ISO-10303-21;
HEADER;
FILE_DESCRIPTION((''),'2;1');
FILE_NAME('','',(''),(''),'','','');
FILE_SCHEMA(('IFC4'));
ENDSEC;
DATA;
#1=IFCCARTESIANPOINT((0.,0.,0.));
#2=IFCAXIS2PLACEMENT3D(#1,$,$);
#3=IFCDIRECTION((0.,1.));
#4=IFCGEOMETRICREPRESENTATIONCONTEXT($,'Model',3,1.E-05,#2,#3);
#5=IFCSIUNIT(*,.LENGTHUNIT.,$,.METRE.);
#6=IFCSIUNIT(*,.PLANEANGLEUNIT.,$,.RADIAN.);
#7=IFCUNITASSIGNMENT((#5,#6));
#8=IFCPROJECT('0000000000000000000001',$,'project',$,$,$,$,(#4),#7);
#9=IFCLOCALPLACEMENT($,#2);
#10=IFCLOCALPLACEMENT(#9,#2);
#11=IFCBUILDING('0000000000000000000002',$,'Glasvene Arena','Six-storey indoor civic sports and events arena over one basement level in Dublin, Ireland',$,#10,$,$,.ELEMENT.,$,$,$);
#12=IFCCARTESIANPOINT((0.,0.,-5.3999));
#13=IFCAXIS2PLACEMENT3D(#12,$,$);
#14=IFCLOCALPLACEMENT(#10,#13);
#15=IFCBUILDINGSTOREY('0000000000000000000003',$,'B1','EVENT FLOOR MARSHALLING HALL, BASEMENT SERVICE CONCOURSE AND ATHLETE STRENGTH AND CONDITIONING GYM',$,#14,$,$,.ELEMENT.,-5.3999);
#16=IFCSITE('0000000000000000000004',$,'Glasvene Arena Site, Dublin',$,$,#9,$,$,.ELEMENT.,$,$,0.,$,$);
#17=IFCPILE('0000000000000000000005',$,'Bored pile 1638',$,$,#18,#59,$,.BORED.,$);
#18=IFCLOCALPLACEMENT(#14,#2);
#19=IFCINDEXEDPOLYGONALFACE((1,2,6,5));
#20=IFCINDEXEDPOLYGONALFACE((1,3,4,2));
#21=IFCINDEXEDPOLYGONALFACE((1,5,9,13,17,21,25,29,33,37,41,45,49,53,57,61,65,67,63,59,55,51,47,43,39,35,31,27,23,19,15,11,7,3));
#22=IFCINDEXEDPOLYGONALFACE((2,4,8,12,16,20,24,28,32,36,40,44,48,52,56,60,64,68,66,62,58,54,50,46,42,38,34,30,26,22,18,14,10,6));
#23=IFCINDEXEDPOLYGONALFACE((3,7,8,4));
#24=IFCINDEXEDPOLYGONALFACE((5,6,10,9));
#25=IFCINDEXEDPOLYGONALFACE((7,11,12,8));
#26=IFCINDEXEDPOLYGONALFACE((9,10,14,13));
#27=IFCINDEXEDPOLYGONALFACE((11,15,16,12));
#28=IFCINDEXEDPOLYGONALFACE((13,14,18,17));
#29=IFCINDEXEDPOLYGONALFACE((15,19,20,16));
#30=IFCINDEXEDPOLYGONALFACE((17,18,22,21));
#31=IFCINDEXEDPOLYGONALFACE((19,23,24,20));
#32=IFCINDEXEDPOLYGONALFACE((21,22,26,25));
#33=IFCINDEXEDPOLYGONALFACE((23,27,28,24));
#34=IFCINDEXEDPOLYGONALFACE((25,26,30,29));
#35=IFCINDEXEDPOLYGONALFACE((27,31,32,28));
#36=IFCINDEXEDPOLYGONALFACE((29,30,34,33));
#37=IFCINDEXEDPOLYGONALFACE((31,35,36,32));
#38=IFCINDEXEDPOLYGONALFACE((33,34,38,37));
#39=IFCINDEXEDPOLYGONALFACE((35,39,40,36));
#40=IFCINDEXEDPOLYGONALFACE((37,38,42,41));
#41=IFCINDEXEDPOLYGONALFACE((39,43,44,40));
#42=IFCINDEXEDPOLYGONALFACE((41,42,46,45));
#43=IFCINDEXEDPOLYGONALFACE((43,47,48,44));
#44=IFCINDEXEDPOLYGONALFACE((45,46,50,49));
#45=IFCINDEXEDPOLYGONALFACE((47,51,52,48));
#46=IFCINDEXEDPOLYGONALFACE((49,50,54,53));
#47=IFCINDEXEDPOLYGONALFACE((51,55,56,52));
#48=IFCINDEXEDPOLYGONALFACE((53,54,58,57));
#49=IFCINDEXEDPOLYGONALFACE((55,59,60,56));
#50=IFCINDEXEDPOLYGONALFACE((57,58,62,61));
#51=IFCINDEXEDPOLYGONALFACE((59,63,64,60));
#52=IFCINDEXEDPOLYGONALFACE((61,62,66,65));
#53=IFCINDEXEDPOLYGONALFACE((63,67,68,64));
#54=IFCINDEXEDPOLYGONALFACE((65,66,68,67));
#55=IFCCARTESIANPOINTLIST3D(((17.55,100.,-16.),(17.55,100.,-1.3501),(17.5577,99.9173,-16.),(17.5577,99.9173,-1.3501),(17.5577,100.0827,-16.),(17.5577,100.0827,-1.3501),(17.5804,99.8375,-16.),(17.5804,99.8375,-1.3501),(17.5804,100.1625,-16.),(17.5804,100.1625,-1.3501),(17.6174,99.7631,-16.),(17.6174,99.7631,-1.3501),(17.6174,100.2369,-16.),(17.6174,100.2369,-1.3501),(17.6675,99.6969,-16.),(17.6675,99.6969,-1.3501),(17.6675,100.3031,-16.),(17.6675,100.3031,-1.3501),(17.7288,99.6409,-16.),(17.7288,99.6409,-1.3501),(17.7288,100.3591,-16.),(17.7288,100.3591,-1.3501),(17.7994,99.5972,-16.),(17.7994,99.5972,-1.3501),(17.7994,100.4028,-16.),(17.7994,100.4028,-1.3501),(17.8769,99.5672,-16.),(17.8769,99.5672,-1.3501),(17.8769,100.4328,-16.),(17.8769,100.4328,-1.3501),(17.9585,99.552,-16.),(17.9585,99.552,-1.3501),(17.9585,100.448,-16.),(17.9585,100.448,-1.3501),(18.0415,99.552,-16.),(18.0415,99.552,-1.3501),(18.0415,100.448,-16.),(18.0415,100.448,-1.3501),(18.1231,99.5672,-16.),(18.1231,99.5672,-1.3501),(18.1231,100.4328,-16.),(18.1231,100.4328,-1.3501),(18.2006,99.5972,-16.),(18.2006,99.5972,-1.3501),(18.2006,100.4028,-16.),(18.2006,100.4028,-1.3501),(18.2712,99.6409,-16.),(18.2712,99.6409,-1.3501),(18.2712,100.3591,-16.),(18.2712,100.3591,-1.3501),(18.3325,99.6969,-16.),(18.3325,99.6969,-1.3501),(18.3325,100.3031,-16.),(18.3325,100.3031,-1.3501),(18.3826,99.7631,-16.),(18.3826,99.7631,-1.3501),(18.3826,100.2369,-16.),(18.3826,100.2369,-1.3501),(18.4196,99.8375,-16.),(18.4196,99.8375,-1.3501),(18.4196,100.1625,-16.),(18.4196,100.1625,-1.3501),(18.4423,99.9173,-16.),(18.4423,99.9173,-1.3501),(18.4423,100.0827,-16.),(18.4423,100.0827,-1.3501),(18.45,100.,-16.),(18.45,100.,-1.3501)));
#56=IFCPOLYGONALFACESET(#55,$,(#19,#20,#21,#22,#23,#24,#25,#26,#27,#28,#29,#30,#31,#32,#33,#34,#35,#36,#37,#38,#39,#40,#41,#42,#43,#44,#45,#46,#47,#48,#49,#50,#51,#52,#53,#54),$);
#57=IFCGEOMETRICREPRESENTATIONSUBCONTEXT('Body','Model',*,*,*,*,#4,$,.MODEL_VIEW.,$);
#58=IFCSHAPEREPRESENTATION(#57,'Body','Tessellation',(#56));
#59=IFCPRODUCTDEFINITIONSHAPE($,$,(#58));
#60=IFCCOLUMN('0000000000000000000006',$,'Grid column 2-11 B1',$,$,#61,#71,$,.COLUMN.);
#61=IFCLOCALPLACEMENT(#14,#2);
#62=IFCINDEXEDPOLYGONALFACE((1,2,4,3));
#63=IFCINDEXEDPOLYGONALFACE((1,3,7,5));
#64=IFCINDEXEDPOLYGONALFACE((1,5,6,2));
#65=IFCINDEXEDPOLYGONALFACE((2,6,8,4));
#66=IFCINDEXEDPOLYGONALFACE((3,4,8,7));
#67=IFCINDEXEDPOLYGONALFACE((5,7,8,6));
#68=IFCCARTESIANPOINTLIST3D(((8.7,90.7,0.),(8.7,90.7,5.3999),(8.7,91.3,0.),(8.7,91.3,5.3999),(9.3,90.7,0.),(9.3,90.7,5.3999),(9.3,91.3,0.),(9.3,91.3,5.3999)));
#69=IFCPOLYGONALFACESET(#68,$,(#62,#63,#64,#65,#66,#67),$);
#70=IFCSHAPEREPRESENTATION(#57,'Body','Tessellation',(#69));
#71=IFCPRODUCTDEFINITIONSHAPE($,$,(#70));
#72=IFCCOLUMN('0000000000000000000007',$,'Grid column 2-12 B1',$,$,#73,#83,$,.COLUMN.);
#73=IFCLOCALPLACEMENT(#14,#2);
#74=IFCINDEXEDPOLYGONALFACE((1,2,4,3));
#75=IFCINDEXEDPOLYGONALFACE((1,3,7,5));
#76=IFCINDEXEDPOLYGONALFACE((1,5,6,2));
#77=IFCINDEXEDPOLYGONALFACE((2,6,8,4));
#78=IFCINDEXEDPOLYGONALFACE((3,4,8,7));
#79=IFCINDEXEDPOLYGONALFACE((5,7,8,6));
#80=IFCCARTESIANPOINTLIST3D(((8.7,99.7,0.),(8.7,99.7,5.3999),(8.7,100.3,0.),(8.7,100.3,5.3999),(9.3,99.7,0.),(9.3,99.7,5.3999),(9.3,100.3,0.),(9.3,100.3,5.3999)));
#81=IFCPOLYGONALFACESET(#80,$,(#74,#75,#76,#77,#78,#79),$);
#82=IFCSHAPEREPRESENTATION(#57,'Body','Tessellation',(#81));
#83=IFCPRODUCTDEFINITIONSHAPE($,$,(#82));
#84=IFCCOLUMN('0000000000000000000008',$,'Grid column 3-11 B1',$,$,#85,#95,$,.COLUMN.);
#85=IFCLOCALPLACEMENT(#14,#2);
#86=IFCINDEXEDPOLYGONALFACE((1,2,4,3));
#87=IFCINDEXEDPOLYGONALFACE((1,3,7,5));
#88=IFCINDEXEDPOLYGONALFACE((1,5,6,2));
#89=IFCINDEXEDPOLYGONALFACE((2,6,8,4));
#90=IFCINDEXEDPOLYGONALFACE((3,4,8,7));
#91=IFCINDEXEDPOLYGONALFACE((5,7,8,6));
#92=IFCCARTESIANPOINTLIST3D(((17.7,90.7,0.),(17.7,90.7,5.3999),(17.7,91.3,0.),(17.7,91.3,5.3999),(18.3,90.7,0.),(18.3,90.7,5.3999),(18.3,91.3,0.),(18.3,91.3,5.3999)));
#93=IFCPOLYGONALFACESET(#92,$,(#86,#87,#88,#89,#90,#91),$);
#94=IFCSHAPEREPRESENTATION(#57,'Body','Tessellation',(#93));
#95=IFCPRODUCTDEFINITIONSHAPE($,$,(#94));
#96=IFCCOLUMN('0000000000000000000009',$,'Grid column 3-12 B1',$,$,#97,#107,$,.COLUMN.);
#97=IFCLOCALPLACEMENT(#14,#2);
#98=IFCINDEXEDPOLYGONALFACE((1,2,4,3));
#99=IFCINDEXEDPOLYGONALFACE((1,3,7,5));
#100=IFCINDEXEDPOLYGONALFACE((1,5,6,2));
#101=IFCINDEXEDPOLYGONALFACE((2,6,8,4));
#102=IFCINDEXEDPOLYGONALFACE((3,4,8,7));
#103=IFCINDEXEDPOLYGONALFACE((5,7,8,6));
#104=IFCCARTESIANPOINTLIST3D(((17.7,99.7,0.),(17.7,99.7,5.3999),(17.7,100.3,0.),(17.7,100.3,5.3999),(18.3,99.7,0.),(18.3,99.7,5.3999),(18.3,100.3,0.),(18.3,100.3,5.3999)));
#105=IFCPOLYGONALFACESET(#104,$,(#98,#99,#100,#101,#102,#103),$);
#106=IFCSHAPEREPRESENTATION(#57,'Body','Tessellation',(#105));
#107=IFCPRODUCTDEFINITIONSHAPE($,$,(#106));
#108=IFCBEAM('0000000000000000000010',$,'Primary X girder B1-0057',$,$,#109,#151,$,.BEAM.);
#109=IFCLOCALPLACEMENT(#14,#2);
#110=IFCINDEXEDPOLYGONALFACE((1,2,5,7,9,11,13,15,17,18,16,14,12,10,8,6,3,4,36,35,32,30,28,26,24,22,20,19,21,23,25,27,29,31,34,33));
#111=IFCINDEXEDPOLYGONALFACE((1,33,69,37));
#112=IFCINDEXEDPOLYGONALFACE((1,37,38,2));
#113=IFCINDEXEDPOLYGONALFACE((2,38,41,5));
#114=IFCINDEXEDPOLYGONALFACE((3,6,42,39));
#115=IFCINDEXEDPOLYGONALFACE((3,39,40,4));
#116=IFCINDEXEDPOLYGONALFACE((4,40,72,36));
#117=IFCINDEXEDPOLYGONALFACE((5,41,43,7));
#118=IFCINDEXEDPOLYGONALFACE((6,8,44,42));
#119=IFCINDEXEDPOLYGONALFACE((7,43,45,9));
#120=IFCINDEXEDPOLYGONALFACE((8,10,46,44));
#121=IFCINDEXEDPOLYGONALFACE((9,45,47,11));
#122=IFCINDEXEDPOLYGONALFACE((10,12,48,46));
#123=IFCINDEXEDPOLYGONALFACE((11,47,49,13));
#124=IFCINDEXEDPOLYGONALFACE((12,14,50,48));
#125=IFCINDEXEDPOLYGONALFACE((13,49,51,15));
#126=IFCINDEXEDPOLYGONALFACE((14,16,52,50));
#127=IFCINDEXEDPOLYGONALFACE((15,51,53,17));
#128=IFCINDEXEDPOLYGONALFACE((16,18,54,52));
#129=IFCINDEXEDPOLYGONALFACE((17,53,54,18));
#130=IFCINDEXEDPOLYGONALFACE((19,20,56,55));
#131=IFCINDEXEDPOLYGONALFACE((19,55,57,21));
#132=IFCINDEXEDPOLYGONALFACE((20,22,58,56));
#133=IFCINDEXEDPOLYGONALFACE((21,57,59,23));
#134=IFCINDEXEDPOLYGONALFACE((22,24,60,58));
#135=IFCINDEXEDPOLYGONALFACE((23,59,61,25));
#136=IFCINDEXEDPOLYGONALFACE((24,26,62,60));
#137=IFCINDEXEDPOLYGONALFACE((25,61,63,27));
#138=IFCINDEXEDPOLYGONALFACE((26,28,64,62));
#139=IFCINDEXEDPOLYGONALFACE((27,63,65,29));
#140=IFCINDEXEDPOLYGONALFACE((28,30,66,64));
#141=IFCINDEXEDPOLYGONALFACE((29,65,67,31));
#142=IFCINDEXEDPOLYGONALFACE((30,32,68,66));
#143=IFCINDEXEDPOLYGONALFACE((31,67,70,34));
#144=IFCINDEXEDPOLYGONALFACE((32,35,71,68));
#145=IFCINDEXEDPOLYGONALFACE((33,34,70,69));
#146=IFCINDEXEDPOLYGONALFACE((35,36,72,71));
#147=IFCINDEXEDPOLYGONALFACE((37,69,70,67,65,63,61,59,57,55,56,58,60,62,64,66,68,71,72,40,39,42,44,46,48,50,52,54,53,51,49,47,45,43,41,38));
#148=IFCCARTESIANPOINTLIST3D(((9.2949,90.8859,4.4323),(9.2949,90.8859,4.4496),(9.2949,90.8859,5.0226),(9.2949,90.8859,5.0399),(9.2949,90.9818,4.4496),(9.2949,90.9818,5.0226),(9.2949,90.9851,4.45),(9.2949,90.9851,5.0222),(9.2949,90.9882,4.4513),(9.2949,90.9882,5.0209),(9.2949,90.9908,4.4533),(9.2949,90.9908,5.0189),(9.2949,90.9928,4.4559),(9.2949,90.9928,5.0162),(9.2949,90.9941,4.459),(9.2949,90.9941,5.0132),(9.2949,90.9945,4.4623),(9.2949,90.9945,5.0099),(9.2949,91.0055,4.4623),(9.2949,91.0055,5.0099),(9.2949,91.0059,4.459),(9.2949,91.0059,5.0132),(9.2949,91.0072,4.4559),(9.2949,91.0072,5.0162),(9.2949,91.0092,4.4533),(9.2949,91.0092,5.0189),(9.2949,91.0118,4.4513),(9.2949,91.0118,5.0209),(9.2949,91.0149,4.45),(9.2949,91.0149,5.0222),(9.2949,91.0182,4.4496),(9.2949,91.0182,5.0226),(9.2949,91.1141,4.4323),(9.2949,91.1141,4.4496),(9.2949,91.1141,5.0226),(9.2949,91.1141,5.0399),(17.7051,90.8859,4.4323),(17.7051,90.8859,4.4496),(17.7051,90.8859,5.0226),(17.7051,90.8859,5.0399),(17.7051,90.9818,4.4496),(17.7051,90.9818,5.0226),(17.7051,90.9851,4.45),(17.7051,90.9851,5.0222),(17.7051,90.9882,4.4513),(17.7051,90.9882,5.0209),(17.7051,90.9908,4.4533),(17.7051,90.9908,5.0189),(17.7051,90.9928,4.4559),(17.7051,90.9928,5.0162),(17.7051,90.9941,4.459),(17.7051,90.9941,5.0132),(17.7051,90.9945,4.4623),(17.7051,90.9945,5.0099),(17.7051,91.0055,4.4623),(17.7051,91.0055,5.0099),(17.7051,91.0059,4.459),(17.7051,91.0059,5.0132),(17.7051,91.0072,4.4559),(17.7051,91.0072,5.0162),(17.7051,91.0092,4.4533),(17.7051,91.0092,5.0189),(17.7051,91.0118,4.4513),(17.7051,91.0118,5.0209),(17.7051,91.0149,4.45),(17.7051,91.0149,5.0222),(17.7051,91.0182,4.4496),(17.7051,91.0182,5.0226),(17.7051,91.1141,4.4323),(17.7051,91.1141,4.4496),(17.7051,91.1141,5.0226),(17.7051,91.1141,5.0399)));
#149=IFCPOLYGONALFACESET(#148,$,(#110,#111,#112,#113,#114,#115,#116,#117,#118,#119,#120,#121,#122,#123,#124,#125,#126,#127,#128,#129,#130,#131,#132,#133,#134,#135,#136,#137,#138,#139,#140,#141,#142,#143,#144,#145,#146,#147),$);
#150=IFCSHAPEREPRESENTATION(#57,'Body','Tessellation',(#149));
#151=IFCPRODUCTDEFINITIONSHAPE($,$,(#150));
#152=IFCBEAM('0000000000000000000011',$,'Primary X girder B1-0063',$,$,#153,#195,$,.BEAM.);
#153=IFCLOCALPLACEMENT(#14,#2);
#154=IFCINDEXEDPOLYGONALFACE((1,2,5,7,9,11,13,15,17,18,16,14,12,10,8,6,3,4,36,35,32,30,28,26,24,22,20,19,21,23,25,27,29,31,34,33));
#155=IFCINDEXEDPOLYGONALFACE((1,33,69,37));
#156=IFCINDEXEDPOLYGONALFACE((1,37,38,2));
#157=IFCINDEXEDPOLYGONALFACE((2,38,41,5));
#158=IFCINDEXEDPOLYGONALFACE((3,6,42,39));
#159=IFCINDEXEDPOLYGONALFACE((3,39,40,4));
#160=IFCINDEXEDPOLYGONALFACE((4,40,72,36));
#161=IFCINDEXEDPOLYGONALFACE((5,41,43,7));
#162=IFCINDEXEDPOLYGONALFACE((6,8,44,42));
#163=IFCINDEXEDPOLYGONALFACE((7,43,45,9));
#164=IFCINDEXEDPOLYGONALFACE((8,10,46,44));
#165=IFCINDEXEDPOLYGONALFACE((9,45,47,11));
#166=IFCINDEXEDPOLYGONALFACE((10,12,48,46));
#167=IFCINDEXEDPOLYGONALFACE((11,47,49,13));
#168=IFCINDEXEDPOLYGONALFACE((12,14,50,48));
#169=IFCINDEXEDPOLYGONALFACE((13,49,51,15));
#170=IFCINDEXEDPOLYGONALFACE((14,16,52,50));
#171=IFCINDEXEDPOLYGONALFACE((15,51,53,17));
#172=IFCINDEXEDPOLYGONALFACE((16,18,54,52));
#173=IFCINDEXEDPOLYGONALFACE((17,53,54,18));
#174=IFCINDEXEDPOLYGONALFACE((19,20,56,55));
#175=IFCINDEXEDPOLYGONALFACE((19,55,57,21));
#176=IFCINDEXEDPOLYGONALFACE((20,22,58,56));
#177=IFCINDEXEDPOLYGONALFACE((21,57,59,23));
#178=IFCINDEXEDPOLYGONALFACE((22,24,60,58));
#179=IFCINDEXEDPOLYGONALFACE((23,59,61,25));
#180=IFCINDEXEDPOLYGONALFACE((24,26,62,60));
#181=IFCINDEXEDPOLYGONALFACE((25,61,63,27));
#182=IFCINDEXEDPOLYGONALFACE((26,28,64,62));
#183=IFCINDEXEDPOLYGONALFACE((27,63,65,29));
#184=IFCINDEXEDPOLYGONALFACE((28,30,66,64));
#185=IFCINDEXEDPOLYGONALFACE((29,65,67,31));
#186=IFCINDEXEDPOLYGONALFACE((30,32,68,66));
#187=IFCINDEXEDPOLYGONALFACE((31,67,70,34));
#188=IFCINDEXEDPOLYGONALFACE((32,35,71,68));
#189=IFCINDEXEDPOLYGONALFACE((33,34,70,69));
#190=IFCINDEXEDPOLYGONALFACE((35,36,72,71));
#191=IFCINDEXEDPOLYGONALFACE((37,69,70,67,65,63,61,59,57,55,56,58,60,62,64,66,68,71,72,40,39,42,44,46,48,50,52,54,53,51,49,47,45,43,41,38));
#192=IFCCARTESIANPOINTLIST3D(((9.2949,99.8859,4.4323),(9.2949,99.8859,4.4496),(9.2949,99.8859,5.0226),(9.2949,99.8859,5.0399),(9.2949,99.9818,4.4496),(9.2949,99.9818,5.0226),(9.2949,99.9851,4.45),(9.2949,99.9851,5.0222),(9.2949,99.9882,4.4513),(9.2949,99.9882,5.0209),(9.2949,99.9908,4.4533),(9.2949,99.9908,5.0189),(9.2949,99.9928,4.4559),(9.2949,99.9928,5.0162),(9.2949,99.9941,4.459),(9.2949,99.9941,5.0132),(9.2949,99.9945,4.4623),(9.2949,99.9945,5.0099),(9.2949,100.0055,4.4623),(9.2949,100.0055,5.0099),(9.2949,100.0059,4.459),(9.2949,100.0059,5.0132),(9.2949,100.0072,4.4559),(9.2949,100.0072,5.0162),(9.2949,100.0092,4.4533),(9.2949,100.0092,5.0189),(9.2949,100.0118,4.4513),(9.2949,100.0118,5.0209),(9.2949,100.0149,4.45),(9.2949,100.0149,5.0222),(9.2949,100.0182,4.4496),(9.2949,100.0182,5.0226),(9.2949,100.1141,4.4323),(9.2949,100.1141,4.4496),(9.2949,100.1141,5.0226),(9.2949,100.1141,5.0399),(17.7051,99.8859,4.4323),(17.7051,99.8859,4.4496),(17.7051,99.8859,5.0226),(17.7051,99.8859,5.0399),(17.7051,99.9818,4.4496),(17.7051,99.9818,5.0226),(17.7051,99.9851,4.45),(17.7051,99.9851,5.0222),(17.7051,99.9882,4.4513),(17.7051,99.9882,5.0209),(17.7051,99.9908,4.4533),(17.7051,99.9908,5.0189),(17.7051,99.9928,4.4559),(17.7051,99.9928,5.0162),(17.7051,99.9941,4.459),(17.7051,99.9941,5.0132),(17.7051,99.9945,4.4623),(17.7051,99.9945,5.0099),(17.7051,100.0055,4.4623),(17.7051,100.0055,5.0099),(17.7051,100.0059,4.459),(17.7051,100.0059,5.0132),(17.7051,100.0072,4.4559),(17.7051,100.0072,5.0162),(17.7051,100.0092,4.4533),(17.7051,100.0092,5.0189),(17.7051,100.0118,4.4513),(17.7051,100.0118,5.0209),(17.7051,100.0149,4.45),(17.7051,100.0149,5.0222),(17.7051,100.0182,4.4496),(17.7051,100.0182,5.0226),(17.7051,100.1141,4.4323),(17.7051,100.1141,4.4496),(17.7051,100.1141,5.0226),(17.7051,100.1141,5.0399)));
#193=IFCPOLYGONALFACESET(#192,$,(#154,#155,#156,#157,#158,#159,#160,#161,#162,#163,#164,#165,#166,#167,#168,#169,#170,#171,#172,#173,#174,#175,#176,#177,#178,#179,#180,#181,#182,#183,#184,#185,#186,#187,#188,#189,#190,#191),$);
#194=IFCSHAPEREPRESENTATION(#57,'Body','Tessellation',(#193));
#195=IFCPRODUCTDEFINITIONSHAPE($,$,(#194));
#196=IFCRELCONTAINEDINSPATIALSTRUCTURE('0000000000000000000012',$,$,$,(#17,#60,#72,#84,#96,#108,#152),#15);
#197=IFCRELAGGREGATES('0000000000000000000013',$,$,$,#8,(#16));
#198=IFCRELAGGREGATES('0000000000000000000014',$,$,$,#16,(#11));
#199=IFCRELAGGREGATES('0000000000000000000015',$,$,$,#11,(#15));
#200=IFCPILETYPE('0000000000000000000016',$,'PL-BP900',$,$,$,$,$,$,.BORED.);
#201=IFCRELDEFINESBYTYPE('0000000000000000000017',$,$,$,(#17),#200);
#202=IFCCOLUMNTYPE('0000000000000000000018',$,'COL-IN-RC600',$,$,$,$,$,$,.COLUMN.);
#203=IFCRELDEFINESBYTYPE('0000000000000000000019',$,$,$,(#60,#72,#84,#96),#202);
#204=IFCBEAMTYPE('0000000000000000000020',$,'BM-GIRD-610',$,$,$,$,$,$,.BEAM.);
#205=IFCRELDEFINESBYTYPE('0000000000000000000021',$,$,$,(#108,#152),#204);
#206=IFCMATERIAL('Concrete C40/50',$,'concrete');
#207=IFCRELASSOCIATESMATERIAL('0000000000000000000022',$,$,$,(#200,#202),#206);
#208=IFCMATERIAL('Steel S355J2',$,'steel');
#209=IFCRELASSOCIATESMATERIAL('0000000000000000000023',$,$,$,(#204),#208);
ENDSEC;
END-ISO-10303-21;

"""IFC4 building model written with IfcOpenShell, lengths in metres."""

from ifc_helpers import new_model, si_unit, direction, frame, origin, origin_2d, place, context, subcontext, project, spatial, rectangle, circle, i_section, extrude, material, material_profile, profile_set, type_object, element, save


model = new_model("IFC4")

# Units and contexts
model_context = context("Model", 3, precision=1e-05, world=origin(), true_north=direction((0.0, 1.0)))
body_context = subcontext(model_context, "Body", "Model", "MODEL_VIEW")
ifc_project = project(units=[si_unit("LENGTHUNIT", "METRE"), si_unit("PLANEANGLEUNIT", "RADIAN")], contexts=[model_context])

# Site, building, storey
site_placement = place(None, origin())
site = spatial("IfcSite", under=ifc_project, at=site_placement, Name="Glasvene Arena Site, Dublin", CompositionType="ELEMENT", RefElevation=0.0)
building_placement = place(site_placement, origin())
building = spatial("IfcBuilding", under=site, at=building_placement, Name="Glasvene Arena", Description="Six-storey indoor civic sports and events arena over one basement level in Dublin, Ireland", CompositionType="ELEMENT")
storey_placement = place(building_placement, frame((0.0, 0.0, -5.3999)))
storey = spatial("IfcBuildingStorey", under=building, at=storey_placement, Name="B1", Description="EVENT FLOOR MARSHALLING HALL, BASEMENT SERVICE CONCOURSE AND ATHLETE STRENGTH AND CONDITIONING GYM", CompositionType="ELEMENT", Elevation=-5.3999)

# Shared definitions
ifc_material_1 = material(Name="Concrete C40/50", Category="concrete")

# Pile
ifc_material_profile_1 = material_profile(ifc_material_1, circle(Radius=0.45, at=origin_2d()), Name="BORED PILE 900")
ifc_profile_set_1 = profile_set([ifc_material_profile_1], Name="Concrete C40/50")
pile_type = type_object("IfcPileType", Name="PL-BP900", PredefinedType="BORED", material=ifc_profile_set_1)
for number, where, z_axis, x_axis, name in (
    (1, (18.0, 100.0, -1.3501), (0.0, 0.0, -1.0), (1.0, 0.0, 0.0), "Bored pile 1638"),
):
    element("IfcPile", number, at=place(storey_placement, frame(where, z_axis=z_axis, x_axis=x_axis)), inside=storey, type_object=pile_type, Name=name, PredefinedType="BORED", context=body_context, shape_type="SweptSolid", body=[
        extrude(circle(Radius=0.45, at=origin_2d()), origin(), (0.0, 0.0, 1.0), 14.6499),
    ])

# Columns
ifc_material_profile_2 = material_profile(ifc_material_1, rectangle(XDim=0.6001, YDim=0.6001, at=origin_2d()), Name="RC 600x600")
ifc_profile_set_2 = profile_set([ifc_material_profile_2], Name="Concrete C40/50")
column_type = type_object("IfcColumnType", Name="COL-IN-RC600", PredefinedType="COLUMN", material=ifc_profile_set_2)
for number, where, z_axis, x_axis, name in (
    (2, (9.0, 91.0, 0.0), (0.0, 0.0, 1.0), (1.0, 0.0, 0.0), "Grid column 2-11 B1"),
    (3, (9.0, 100.0, 0.0), (0.0, 0.0, 1.0), (1.0, 0.0, 0.0), "Grid column 2-12 B1"),
    (4, (18.0, 91.0, 0.0), (0.0, 0.0, 1.0), (1.0, 0.0, 0.0), "Grid column 3-11 B1"),
    (5, (18.0, 100.0, 0.0), (0.0, 0.0, 1.0), (1.0, 0.0, 0.0), "Grid column 3-12 B1"),
):
    element("IfcColumn", number, at=place(storey_placement, frame(where, z_axis=z_axis, x_axis=x_axis)), inside=storey, type_object=column_type, Name=name, PredefinedType="COLUMN", context=body_context, shape_type="SweptSolid", body=[
        extrude(rectangle(XDim=0.6001, YDim=0.6001, at=origin_2d()), origin(), (0.0, 0.0, 1.0), 5.3999),
    ])

# Beams
ifc_material_2 = material(Name="Steel S355J2", Category="steel")
ifc_material_profile_3 = material_profile(ifc_material_2, i_section(OverallWidth=0.2283, OverallDepth=0.6077, WebThickness=0.011, FlangeThickness=0.0173, FilletRadius=0.0127, at=origin_2d()), Name="UKB 610x229x113")
ifc_profile_set_3 = profile_set([ifc_material_profile_3], Name="Steel S355J2")
beam_type_1 = type_object("IfcBeamType", Name="BM-GIRD-610", PredefinedType="BEAM", material=ifc_profile_set_3)
for number, where, z_axis, x_axis, name in (
    (6, (9.2949, 91.0, 4.7361), (1.0, 0.0, 0.0), (0.0, 1.0, 0.0), "Primary X girder B1-0057"),
    (7, (9.2949, 100.0, 4.7361), (1.0, 0.0, 0.0), (0.0, 1.0, 0.0), "Primary X girder B1-0063"),
):
    element("IfcBeam", number, at=place(storey_placement, frame(where, z_axis=z_axis, x_axis=x_axis)), inside=storey, type_object=beam_type_1, Name=name, PredefinedType="BEAM", context=body_context, shape_type="SweptSolid", body=[
        extrude(i_section(OverallWidth=0.2283, OverallDepth=0.6077, WebThickness=0.011, FlangeThickness=0.0173, FilletRadius=0.0127, at=origin_2d()), origin(), (0.0, 0.0, 1.0), 8.4102),
    ])

save(model, "model.ifc")
